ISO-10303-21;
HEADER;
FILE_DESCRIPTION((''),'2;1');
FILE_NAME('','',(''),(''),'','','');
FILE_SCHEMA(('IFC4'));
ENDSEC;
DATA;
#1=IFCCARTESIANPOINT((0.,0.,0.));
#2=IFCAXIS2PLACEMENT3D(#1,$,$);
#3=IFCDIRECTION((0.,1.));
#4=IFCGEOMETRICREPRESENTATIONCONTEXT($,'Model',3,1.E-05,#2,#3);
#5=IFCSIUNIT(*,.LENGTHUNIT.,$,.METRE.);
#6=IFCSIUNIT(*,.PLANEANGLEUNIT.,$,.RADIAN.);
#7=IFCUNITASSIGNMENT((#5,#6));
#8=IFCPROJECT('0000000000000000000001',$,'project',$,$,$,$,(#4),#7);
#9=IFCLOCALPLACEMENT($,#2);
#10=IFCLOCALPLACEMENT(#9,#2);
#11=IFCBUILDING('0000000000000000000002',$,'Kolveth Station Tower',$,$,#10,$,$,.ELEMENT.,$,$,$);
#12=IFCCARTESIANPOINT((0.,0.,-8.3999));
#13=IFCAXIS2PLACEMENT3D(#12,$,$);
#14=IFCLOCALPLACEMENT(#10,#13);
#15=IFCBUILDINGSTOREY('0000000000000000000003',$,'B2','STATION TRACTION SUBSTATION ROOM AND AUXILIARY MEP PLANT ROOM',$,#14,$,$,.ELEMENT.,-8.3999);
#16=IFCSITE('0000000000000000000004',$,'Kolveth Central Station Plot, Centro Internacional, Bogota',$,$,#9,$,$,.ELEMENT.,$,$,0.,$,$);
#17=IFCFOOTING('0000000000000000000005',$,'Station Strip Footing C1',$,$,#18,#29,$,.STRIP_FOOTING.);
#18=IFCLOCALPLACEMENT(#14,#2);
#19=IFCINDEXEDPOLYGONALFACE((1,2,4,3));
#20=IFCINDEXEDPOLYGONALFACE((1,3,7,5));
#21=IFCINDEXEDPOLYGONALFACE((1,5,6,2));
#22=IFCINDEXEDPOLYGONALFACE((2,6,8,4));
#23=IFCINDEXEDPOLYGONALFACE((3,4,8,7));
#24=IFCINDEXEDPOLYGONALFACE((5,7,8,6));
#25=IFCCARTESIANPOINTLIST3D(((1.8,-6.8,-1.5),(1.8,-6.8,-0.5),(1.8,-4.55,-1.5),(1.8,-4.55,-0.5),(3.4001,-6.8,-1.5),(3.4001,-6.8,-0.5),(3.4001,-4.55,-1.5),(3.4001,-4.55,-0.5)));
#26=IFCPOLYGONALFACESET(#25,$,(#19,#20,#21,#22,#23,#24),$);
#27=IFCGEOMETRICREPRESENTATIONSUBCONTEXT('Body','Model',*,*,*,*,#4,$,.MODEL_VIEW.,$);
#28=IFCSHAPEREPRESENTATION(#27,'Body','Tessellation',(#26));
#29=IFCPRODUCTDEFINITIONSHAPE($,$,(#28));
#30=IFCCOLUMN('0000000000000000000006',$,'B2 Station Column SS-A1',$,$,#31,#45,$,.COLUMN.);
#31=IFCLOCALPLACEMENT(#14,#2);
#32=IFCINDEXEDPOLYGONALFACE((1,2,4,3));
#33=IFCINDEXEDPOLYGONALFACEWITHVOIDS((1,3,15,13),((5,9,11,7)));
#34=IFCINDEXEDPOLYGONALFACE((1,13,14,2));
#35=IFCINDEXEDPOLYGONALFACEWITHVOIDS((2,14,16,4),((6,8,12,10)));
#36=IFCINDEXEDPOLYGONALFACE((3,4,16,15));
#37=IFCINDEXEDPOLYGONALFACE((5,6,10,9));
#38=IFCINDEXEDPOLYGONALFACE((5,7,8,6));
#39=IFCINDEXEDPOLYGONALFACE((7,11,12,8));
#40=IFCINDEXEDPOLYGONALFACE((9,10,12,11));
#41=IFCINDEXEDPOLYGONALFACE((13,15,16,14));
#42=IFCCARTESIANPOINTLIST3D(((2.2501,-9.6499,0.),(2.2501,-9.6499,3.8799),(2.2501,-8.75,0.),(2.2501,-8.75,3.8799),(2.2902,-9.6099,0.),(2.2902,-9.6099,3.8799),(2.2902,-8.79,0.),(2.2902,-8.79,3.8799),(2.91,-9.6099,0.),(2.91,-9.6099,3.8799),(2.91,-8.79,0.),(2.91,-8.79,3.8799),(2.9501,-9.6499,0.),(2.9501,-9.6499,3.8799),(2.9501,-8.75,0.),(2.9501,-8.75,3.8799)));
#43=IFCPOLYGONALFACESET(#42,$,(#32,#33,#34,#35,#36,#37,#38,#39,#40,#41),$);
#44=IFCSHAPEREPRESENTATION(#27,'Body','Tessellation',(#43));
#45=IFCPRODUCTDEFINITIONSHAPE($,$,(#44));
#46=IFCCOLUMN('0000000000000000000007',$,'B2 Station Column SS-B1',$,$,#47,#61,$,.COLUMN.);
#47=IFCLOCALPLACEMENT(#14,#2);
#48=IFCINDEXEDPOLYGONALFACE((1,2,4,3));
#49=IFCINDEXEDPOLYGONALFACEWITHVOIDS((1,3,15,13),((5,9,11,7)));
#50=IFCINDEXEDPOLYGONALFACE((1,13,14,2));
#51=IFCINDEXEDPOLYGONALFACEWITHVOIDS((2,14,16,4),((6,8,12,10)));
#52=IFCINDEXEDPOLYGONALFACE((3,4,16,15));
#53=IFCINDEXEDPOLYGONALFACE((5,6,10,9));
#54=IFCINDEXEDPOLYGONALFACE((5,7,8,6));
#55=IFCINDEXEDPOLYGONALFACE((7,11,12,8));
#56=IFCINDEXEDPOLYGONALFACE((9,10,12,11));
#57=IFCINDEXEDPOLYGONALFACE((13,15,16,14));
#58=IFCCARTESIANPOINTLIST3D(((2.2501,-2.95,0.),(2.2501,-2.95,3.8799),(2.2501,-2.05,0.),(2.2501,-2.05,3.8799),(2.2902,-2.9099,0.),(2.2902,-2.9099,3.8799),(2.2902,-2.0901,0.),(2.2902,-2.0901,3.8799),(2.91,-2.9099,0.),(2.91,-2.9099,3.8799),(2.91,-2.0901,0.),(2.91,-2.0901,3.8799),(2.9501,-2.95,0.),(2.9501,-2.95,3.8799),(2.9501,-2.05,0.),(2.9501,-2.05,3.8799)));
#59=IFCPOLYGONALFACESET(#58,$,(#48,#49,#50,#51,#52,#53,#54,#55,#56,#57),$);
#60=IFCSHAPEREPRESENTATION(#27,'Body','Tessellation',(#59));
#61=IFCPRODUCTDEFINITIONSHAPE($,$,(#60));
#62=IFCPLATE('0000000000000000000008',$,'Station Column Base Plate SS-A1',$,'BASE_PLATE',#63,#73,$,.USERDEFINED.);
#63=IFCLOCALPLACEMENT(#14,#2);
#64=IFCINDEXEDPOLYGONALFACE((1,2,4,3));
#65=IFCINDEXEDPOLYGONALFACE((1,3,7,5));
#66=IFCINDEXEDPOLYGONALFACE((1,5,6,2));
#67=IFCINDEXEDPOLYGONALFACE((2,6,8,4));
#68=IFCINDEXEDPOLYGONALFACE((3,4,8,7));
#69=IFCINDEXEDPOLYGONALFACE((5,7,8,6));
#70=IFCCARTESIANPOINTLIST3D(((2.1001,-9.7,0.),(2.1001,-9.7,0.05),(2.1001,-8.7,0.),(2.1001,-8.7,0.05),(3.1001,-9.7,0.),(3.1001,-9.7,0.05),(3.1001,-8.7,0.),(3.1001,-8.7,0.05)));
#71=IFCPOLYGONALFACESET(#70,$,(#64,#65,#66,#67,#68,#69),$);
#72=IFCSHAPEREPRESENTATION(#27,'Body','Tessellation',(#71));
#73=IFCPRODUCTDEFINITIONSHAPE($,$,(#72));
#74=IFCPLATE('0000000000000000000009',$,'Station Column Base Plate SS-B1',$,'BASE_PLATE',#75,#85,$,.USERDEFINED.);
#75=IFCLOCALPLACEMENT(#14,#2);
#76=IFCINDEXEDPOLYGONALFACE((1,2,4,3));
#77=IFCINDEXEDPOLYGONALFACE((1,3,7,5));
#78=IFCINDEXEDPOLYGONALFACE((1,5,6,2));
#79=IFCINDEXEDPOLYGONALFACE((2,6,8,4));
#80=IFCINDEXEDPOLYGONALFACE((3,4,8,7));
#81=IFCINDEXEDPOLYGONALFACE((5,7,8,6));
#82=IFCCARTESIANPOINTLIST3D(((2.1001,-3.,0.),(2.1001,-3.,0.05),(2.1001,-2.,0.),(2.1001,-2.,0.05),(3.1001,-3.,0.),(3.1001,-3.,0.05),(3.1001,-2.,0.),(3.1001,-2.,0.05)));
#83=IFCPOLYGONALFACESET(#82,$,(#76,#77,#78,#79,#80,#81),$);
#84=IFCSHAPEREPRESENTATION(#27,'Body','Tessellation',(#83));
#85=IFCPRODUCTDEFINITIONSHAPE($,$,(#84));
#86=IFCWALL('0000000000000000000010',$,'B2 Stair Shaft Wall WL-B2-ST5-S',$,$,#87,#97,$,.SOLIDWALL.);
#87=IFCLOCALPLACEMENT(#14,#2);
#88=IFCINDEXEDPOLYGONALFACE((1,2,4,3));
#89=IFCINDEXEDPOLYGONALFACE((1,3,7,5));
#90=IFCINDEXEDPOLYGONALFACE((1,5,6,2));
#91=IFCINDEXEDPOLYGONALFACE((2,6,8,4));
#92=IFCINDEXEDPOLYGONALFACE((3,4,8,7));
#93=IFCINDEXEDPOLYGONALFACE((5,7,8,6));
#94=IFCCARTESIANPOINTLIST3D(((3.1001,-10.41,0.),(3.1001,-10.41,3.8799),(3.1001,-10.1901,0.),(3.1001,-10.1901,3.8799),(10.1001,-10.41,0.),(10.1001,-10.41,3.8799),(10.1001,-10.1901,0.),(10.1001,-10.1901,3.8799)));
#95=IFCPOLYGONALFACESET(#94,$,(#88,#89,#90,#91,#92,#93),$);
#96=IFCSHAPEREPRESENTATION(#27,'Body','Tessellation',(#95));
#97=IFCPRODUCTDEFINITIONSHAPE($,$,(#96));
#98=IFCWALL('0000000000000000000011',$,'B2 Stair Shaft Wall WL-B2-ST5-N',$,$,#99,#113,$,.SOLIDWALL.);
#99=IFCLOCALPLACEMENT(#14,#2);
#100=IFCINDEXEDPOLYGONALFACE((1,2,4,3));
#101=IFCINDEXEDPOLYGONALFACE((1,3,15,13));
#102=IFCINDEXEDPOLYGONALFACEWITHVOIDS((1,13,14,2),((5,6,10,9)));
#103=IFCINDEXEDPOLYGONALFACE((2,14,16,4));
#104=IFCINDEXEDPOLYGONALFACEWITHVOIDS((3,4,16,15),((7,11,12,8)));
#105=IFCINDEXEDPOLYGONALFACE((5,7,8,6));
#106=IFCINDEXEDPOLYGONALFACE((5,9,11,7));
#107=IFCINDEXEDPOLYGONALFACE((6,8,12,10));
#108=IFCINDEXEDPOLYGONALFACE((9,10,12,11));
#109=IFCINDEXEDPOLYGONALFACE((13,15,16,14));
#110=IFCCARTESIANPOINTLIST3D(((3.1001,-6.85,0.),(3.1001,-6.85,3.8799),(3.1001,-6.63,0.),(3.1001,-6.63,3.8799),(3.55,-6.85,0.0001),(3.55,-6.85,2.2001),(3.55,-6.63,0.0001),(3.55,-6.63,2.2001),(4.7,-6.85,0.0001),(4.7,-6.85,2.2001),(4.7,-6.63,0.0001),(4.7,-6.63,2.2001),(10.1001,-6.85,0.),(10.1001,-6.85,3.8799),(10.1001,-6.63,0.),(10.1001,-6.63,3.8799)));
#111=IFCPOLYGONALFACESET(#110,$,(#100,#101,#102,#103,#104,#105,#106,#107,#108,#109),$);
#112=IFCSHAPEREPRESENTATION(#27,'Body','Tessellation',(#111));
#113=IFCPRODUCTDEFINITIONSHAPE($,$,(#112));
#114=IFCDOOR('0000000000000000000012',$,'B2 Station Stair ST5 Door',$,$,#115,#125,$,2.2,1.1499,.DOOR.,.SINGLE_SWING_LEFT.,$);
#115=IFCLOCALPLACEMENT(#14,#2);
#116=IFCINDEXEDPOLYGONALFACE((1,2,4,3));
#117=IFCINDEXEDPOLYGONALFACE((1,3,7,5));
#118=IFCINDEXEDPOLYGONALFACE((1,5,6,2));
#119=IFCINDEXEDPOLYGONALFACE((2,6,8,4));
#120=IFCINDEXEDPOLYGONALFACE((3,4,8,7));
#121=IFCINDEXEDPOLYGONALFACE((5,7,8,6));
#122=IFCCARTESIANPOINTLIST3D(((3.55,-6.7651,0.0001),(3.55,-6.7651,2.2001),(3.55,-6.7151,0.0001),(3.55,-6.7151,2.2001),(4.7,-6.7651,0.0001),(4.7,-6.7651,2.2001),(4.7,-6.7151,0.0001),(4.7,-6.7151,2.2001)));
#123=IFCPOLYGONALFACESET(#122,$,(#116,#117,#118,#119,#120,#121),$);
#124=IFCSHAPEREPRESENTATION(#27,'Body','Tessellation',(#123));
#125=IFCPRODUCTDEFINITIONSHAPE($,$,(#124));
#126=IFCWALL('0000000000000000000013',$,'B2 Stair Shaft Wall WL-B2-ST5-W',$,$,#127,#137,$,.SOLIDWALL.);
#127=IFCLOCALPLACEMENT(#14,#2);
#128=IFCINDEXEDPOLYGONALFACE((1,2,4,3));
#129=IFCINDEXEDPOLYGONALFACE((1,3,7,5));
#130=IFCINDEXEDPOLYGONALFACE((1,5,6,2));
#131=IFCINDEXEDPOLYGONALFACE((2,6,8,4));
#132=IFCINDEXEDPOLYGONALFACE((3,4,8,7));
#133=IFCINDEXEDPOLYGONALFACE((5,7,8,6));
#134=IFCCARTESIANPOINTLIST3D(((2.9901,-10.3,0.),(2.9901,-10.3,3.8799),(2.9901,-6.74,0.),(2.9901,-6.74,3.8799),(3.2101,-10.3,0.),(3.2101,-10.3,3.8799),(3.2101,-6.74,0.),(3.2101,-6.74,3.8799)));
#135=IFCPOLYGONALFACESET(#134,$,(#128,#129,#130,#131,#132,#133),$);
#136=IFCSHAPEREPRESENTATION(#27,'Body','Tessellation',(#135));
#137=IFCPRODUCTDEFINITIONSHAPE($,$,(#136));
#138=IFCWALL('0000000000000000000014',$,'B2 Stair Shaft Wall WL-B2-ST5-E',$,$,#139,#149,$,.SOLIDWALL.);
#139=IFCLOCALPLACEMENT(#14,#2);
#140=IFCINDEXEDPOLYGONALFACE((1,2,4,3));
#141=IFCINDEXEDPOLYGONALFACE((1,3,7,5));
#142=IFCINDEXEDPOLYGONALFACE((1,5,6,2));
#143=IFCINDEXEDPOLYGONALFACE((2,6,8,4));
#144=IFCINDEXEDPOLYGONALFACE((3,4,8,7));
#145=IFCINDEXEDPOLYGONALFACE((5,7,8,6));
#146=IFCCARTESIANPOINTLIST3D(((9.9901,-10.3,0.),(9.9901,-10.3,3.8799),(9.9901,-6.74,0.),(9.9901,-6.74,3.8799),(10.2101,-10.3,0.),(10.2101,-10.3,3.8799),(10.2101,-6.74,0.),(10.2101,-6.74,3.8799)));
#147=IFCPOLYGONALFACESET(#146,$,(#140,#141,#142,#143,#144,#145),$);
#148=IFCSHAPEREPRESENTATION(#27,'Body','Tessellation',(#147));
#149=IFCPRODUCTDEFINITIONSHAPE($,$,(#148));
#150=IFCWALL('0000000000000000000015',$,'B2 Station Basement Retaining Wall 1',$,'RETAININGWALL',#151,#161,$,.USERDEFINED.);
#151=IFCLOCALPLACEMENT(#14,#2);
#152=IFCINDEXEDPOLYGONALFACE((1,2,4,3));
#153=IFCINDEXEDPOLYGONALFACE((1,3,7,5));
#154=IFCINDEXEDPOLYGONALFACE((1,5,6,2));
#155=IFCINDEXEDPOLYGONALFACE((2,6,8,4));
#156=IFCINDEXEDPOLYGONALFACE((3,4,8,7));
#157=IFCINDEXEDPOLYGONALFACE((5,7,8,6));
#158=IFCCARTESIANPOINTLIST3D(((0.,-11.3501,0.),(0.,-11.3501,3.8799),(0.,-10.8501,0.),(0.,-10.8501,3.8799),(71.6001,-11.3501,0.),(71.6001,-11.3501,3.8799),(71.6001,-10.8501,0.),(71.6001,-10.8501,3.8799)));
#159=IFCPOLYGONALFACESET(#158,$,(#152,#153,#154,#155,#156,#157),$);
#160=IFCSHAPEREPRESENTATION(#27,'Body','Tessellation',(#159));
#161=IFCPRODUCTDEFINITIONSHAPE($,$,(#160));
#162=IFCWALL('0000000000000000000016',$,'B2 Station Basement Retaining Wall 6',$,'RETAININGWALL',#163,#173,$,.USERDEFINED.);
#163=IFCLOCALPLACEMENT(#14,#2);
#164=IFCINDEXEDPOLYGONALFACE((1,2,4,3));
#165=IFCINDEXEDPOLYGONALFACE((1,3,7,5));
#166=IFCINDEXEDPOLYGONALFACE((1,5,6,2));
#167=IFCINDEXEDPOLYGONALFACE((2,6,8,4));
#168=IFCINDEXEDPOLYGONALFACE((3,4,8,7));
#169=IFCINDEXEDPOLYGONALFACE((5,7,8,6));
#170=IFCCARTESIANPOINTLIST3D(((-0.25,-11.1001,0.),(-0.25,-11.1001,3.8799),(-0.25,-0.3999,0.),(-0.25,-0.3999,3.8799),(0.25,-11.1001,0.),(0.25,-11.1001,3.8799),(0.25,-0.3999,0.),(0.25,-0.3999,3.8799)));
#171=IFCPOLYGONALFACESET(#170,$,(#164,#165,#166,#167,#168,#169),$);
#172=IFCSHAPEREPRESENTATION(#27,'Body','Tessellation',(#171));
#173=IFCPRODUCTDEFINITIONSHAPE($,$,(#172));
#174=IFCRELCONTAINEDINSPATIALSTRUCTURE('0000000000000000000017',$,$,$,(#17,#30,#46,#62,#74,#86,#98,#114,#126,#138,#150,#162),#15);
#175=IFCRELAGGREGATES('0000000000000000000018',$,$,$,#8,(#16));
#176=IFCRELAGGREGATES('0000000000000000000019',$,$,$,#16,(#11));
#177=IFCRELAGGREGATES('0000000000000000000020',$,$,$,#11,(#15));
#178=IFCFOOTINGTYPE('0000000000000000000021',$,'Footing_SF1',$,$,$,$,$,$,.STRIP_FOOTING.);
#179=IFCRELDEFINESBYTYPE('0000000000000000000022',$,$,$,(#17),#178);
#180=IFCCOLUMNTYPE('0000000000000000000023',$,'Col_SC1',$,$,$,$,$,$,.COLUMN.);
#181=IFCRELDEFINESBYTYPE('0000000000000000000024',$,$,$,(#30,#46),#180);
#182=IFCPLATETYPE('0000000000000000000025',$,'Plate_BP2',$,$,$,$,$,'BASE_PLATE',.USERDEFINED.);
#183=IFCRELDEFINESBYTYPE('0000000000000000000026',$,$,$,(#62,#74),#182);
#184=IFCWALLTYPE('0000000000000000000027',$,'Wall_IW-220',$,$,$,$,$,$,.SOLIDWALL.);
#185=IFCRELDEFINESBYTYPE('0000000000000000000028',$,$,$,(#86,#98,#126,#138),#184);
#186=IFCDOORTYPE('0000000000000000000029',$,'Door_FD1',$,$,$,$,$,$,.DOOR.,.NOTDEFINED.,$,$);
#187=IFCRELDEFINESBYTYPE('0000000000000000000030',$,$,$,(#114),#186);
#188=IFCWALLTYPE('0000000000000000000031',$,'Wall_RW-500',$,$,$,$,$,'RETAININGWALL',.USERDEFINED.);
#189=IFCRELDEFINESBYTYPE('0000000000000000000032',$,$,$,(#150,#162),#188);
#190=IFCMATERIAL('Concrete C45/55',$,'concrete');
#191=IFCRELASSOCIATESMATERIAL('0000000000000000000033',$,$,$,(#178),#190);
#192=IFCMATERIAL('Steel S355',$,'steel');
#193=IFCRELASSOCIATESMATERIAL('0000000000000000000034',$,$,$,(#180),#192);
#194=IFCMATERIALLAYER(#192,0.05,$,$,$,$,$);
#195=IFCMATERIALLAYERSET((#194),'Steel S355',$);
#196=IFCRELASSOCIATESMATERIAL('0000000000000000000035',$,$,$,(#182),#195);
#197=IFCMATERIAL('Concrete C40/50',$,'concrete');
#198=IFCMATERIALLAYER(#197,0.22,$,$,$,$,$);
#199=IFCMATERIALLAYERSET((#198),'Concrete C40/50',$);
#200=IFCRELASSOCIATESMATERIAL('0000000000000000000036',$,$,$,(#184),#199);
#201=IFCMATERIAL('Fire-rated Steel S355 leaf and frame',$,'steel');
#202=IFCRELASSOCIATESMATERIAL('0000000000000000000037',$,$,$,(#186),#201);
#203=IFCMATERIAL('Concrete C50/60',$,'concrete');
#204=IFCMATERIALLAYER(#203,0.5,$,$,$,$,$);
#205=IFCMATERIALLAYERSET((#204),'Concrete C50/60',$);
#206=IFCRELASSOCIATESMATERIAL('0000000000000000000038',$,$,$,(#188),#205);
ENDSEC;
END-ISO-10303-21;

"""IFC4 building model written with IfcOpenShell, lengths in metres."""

from ifc_helpers import new_model, si_unit, direction, frame, frame_2d, origin, origin_2d, place, context, subcontext, project, spatial, rectangle, hollow_rectangle, extrude, source, transform, mapped, material, layer, layer_set, material_profile, profile_set, type_object, element, fill, save


model = new_model("IFC4")

# Units and contexts
model_context = context("Model", 3, precision=1e-05, world=origin(), true_north=direction((0.0, 1.0)))
body_context = subcontext(model_context, "Body", "Model", "MODEL_VIEW")
ifc_project = project(units=[si_unit("LENGTHUNIT", "METRE"), si_unit("PLANEANGLEUNIT", "RADIAN")], contexts=[model_context])

# Site, building, storey
site_placement = place(None, origin())
site = spatial("IfcSite", under=ifc_project, at=site_placement, Name="Kolveth Central Station Plot, Centro Internacional, Bogota", CompositionType="ELEMENT", RefElevation=0.0)
building_placement = place(site_placement, origin())
building = spatial("IfcBuilding", under=site, at=building_placement, Name="Kolveth Station Tower", CompositionType="ELEMENT")
storey_placement = place(building_placement, frame((0.0, 0.0, -8.3999)))
storey = spatial("IfcBuildingStorey", under=building, at=storey_placement, Name="B2", Description="STATION TRACTION SUBSTATION ROOM AND AUXILIARY MEP PLANT ROOM", CompositionType="ELEMENT", Elevation=-8.3999)

# Shared definitions
ifc_material_1 = material(Name="Concrete C45/55", Category="concrete")

# Footing
ifc_material_profile_1 = material_profile(ifc_material_1, rectangle(XDim=1.6001, YDim=1.0, at=origin_2d()), Name="RC-1600x1000")
ifc_profile_set_1 = profile_set([ifc_material_profile_1], Name="Concrete C45/55")
footing_type_1 = type_object("IfcFootingType", Name="Footing_SF1", PredefinedType="STRIP_FOOTING", material=ifc_profile_set_1)
shared_shape_1 = source(origin(), body_context, "Body", "SweptSolid", [
    extrude(rectangle(XDim=1.6001, YDim=1.0, at=origin_2d()), origin(), (0.0, 0.0, 1.0), 2.25),
])
footing_1_placement = place(storey_placement, frame((2.6001, -6.8, -1.0), z_axis=(0.0, 1.0, 0.0), x_axis=(-1.0, 0.0, 0.0)))
element("IfcFooting", 1, at=footing_1_placement, inside=storey, type_object=footing_type_1, Name="Station Strip Footing C1", PredefinedType="STRIP_FOOTING", context=body_context, shape_type="MappedRepresentation", body=[
    mapped(shared_shape_1, transform((0.0, 0.0, 0.0), x_axis=(1.0, 0.0, 0.0), y_axis=(0.0, 1.0, 0.0), z_axis=(0.0, 0.0, 1.0), scale=1.0)),
])

# Columns
ifc_material_2 = material(Name="Steel S355", Category="steel")
ifc_material_profile_2 = material_profile(ifc_material_2, hollow_rectangle(XDim=0.7, YDim=0.8999, WallThickness=0.04, at=origin_2d()), Name="BOX900x700x40")
ifc_profile_set_2 = profile_set([ifc_material_profile_2], Name="Steel S355")
column_type = type_object("IfcColumnType", Name="Col_SC1", PredefinedType="COLUMN", material=ifc_profile_set_2)
shared_shape_2 = source(origin(), body_context, "Body", "SweptSolid", [
    extrude(hollow_rectangle(XDim=0.7, YDim=0.8999, WallThickness=0.04, at=origin_2d()), origin(), (0.0, 0.0, 1.0), 3.8799),
])
for number, where, z_axis, x_axis, name in (
    (2, (2.6001, -9.2, 0.0), (0.0, 0.0, 1.0), (1.0, 0.0, 0.0), "B2 Station Column SS-A1"),
    (3, (2.6001, -2.5, 0.0), (0.0, 0.0, 1.0), (1.0, 0.0, 0.0), "B2 Station Column SS-B1"),
):
    element("IfcColumn", number, at=place(storey_placement, frame(where, z_axis=z_axis, x_axis=x_axis)), inside=storey, type_object=column_type, Name=name, PredefinedType="COLUMN", context=body_context, shape_type="MappedRepresentation", body=[
        mapped(shared_shape_2, transform((0.0, 0.0, 0.0), x_axis=(1.0, 0.0, 0.0), y_axis=(0.0, 1.0, 0.0), z_axis=(0.0, 0.0, 1.0), scale=1.0)),
    ])

# Plates
ifc_layer_1 = layer(ifc_material_2, 0.05)
ifc_layer_set_1 = layer_set([ifc_layer_1], Name="Steel S355")
plate_type = type_object("IfcPlateType", Name="Plate_BP2", ElementType="BASE_PLATE", PredefinedType="USERDEFINED", material=ifc_layer_set_1)
shared_shape_3 = source(origin(), body_context, "Body", "SweptSolid", [
    extrude(rectangle(XDim=1.0, YDim=1.0, at=origin_2d()), origin(), (0.0, 0.0, 1.0), 0.05),
])
for number, where, z_axis, x_axis, name in (
    (4, (2.6001, -9.2, 0.0), (0.0, 0.0, 1.0), (1.0, 0.0, 0.0), "Station Column Base Plate SS-A1"),
    (5, (2.6001, -2.5, 0.0), (0.0, 0.0, 1.0), (1.0, 0.0, 0.0), "Station Column Base Plate SS-B1"),
):
    element("IfcPlate", number, at=place(storey_placement, frame(where, z_axis=z_axis, x_axis=x_axis)), inside=storey, type_object=plate_type, Name=name, ObjectType="BASE_PLATE", PredefinedType="USERDEFINED", context=body_context, shape_type="MappedRepresentation", body=[
        mapped(shared_shape_3, transform((0.0, 0.0, 0.0), x_axis=(1.0, 0.0, 0.0), y_axis=(0.0, 1.0, 0.0), z_axis=(0.0, 0.0, 1.0), scale=1.0)),
    ])

# Wall
ifc_material_3 = material(Name="Concrete C40/50", Category="concrete")
ifc_layer_2 = layer(ifc_material_3, 0.22)
ifc_layer_set_2 = layer_set([ifc_layer_2], Name="Concrete C40/50")
wall_type_1 = type_object("IfcWallType", Name="Wall_IW-220", PredefinedType="SOLIDWALL", material=ifc_layer_set_2)
wall_1_placement = place(storey_placement, frame((3.1001, -10.3, 0.0), z_axis=(0.0, 0.0, 1.0), x_axis=(1.0, 0.0, 0.0)))
element("IfcWall", 6, at=wall_1_placement, inside=storey, type_object=wall_type_1, Name="B2 Stair Shaft Wall WL-B2-ST5-S", PredefinedType="SOLIDWALL", context=body_context, shape_type="SweptSolid", body=[
    extrude(rectangle(XDim=7.0, YDim=0.22, at=frame_2d((3.5, 0.0))), origin(), (0.0, 0.0, 1.0), 3.8799),
])

# Wall, opening, door
wall_2_placement = place(storey_placement, frame((3.1001, -6.74, 0.0), z_axis=(0.0, 0.0, 1.0), x_axis=(1.0, 0.0, 0.0)))
wall_2 = element("IfcWall", 7, at=wall_2_placement, inside=storey, type_object=wall_type_1, Name="B2 Stair Shaft Wall WL-B2-ST5-N", PredefinedType="SOLIDWALL", context=body_context, shape_type="SweptSolid", body=[
    extrude(rectangle(XDim=7.0, YDim=0.22, at=frame_2d((3.5, 0.0))), origin(), (0.0, 0.0, 1.0), 3.8799),
])
opening_placement = place(wall_2_placement, frame((0.45, 0.0, 0.0)))
opening = element("IfcOpeningElement", 8, at=opening_placement, cuts=wall_2, PredefinedType="OPENING", context=body_context, shape_type="SweptSolid", body=[
    extrude(rectangle(XDim=1.1499, YDim=2.2, at=frame_2d((0.575, 1.1001))), frame((0.0, 0.1199, 0.0), z_axis=(0.0, -1.0, 0.0), x_axis=(1.0, 0.0, 0.0)), (0.0, 0.0, 1.0), 0.24),
])
ifc_material_4 = material(Name="Fire-rated Steel S355 leaf and frame", Category="steel")
door_type = type_object("IfcDoorType", Name="Door_FD1", OperationType="NOTDEFINED", PredefinedType="DOOR", material=ifc_material_4)
door_placement = place(opening_placement, origin())
door = element("IfcDoor", 9, at=door_placement, inside=storey, type_object=door_type, Name="B2 Station Stair ST5 Door", OperationType="SINGLE_SWING_LEFT", OverallHeight=2.2, OverallWidth=1.1499, PredefinedType="DOOR", context=body_context, shape_type="SweptSolid", body=[
    extrude(rectangle(XDim=1.1499, YDim=2.2, at=frame_2d((0.575, 1.1001))), frame((0.0, 0.0249, 0.0), z_axis=(0.0, -1.0, 0.0), x_axis=(1.0, 0.0, 0.0)), (0.0, 0.0, 1.0), 0.05),
])
fill(opening, door)

# Walls
for number, where, z_axis, x_axis, name in (
    (10, (3.1001, -10.3, 0.0), (0.0, 0.0, 1.0), (0.0, 1.0, 0.0), "B2 Stair Shaft Wall WL-B2-ST5-W"),
    (11, (10.1001, -10.3, 0.0), (0.0, 0.0, 1.0), (0.0, 1.0, 0.0), "B2 Stair Shaft Wall WL-B2-ST5-E"),
):
    element("IfcWall", number, at=place(storey_placement, frame(where, z_axis=z_axis, x_axis=x_axis)), inside=storey, type_object=wall_type_1, Name=name, PredefinedType="SOLIDWALL", context=body_context, shape_type="SweptSolid", body=[
        extrude(rectangle(XDim=3.5601, YDim=0.22, at=frame_2d((1.78, 0.0))), origin(), (0.0, 0.0, 1.0), 3.8799),
    ])
ifc_material_5 = material(Name="Concrete C50/60", Category="concrete")
ifc_layer_3 = layer(ifc_material_5, 0.5)
ifc_layer_set_3 = layer_set([ifc_layer_3], Name="Concrete C50/60")
wall_type_2 = type_object("IfcWallType", Name="Wall_RW-500", ElementType="RETAININGWALL", PredefinedType="USERDEFINED", material=ifc_layer_set_3)
wall_3_placement = place(storey_placement, frame((0.0, -11.1001, 0.0), z_axis=(0.0, 0.0, 1.0), x_axis=(1.0, 0.0, 0.0)))
element("IfcWall", 12, at=wall_3_placement, inside=storey, type_object=wall_type_2, Name="B2 Station Basement Retaining Wall 1", ObjectType="RETAININGWALL", PredefinedType="USERDEFINED", context=body_context, shape_type="SweptSolid", body=[
    extrude(rectangle(XDim=71.6001, YDim=0.5, at=frame_2d((35.8, 0.0))), origin(), (0.0, 0.0, 1.0), 3.8799),
])
wall_4_placement = place(storey_placement, frame((0.0, -0.3999, 0.0), z_axis=(0.0, 0.0, 1.0), x_axis=(0.0, -1.0, 0.0)))
element("IfcWall", 13, at=wall_4_placement, inside=storey, type_object=wall_type_2, Name="B2 Station Basement Retaining Wall 6", ObjectType="RETAININGWALL", PredefinedType="USERDEFINED", context=body_context, shape_type="SweptSolid", body=[
    extrude(rectangle(XDim=10.7002, YDim=0.5, at=frame_2d((5.3501, 0.0))), origin(), (0.0, 0.0, 1.0), 3.8799),
])

save(model, "model.ifc")
